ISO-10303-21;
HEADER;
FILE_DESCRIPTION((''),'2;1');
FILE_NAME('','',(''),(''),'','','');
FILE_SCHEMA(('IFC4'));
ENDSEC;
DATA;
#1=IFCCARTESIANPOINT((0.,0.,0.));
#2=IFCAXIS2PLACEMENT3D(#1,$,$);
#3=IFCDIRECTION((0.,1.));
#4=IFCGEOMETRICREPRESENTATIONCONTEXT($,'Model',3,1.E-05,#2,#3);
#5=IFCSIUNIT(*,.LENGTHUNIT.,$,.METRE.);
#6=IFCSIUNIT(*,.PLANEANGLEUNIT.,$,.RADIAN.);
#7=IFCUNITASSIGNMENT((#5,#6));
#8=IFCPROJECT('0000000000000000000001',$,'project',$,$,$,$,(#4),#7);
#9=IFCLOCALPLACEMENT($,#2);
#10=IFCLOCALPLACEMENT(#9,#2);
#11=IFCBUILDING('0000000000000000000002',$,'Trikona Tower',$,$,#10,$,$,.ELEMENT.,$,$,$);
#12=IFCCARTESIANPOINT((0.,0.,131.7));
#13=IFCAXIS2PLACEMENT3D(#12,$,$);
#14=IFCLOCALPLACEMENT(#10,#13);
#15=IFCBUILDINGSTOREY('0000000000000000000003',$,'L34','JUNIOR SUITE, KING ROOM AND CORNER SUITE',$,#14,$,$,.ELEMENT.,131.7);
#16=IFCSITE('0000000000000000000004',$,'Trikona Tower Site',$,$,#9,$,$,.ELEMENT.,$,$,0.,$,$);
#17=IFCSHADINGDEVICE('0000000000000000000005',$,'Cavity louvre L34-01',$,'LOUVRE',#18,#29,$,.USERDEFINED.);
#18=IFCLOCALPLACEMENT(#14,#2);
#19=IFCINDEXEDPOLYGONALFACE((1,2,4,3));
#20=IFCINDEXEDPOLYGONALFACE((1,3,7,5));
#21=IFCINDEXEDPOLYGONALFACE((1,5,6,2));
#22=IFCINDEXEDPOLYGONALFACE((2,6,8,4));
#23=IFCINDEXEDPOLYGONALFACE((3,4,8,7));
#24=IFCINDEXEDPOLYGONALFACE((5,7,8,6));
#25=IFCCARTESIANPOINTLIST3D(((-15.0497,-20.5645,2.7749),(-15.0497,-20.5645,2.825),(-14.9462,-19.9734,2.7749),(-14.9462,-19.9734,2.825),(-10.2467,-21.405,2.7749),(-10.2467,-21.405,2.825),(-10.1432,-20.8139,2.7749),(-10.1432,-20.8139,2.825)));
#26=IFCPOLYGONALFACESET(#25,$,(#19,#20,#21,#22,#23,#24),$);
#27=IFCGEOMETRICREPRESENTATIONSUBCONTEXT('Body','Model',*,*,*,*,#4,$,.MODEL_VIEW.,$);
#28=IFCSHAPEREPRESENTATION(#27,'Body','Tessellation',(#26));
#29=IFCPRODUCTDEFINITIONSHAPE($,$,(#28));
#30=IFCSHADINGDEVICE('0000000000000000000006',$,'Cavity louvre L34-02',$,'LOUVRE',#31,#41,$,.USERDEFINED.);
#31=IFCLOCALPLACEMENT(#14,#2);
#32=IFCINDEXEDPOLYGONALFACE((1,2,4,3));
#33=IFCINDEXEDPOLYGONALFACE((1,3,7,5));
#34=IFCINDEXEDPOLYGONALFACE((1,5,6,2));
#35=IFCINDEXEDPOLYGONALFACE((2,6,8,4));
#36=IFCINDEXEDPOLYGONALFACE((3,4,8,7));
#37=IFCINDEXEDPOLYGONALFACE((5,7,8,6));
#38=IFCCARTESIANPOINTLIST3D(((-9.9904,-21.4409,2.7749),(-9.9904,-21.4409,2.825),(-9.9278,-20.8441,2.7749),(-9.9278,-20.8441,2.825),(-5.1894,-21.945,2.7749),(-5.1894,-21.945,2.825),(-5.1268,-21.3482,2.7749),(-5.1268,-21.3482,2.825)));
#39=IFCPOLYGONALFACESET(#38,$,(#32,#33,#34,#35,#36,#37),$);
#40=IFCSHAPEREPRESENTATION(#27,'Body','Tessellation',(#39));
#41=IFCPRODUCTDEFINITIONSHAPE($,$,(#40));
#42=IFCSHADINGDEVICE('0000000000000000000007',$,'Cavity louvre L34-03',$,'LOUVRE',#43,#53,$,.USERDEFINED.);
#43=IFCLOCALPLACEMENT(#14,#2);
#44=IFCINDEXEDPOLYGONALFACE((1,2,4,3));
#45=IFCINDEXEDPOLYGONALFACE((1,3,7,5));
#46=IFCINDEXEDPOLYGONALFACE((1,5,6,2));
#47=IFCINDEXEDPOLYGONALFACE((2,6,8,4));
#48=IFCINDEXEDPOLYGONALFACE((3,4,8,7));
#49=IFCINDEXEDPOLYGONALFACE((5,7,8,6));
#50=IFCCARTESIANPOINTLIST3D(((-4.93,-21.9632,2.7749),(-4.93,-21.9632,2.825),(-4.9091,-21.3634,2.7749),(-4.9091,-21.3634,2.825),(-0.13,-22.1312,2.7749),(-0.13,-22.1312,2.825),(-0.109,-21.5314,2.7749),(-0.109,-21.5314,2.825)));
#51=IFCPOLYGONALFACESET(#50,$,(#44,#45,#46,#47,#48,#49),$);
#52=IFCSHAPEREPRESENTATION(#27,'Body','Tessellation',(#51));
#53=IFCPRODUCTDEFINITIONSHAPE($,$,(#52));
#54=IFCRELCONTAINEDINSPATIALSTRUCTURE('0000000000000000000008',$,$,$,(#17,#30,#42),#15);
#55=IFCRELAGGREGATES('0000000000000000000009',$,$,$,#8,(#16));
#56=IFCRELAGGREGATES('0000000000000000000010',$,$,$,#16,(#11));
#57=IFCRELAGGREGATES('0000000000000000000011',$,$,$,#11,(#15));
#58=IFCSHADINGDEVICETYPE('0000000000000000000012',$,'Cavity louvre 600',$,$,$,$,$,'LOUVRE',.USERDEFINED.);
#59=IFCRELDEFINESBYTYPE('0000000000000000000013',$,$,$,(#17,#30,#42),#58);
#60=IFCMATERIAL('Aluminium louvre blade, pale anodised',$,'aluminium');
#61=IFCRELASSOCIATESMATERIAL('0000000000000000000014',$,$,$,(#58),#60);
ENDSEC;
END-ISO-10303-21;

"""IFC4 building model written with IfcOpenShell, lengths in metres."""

from ifc_helpers import new_model, si_unit, direction, frame, origin, origin_2d, place, context, subcontext, project, spatial, rectangle, extrude, material, type_object, element, save


model = new_model("IFC4")

# Units and contexts
model_context = context("Model", 3, precision=1e-05, world=origin(), true_north=direction((0.0, 1.0)))
body_context = subcontext(model_context, "Body", "Model", "MODEL_VIEW")
ifc_project = project(units=[si_unit("LENGTHUNIT", "METRE"), si_unit("PLANEANGLEUNIT", "RADIAN")], contexts=[model_context])

# Site, building, storey
site_placement = place(None, origin())
site = spatial("IfcSite", under=ifc_project, at=site_placement, Name="Trikona Tower Site", CompositionType="ELEMENT", RefElevation=0.0)
building_placement = place(site_placement, origin())
building = spatial("IfcBuilding", under=site, at=building_placement, Name="Trikona Tower", CompositionType="ELEMENT")
storey_placement = place(building_placement, frame((0.0, 0.0, 131.7)))
storey = spatial("IfcBuildingStorey", under=building, at=storey_placement, Name="L34", Description="JUNIOR SUITE, KING ROOM AND CORNER SUITE", CompositionType="ELEMENT", Elevation=131.7)

# Shading devices
ifc_material_1 = material(Name="Aluminium louvre blade, pale anodised", Category="aluminium")
shading_device_type = type_object("IfcShadingDeviceType", Name="Cavity louvre 600", ElementType="LOUVRE", PredefinedType="USERDEFINED", material=ifc_material_1)
shading_device_1_placement = place(storey_placement, frame((-12.5964, -20.6892, 2.7749), z_axis=(0.0, 0.0, 1.0), x_axis=(0.985031, -0.17238, 0.0)))
element("IfcShadingDevice", 1, at=shading_device_1_placement, inside=storey, type_object=shading_device_type, Name="Cavity louvre L34-01", ObjectType="LOUVRE", PredefinedType="USERDEFINED", context=body_context, shape_type="SweptSolid", body=[
    extrude(rectangle(XDim=4.876, YDim=0.6001, at=origin_2d()), origin(), (0.0, 0.0, 1.0), 0.05),
])
shading_device_2_placement = place(storey_placement, frame((-7.5586, -21.3945, 2.7749), z_axis=(0.0, 0.0, 1.0), x_axis=(0.994533, -0.104426, 0.0)))
element("IfcShadingDevice", 2, at=shading_device_2_placement, inside=storey, type_object=shading_device_type, Name="Cavity louvre L34-02", ObjectType="LOUVRE", PredefinedType="USERDEFINED", context=body_context, shape_type="SweptSolid", body=[
    extrude(rectangle(XDim=4.8274, YDim=0.6001, at=origin_2d()), origin(), (0.0, 0.0, 1.0), 0.05),
])
shading_device_3_placement = place(storey_placement, frame((-2.5195, -21.7473, 2.7749), z_axis=(0.0, 0.0, 1.0), x_axis=(0.999388, -0.034978, 0.0)))
element("IfcShadingDevice", 3, at=shading_device_3_placement, inside=storey, type_object=shading_device_type, Name="Cavity louvre L34-03", ObjectType="LOUVRE", PredefinedType="USERDEFINED", context=body_context, shape_type="SweptSolid", body=[
    extrude(rectangle(XDim=4.803, YDim=0.6001, at=origin_2d()), origin(), (0.0, 0.0, 1.0), 0.05),
])

save(model, "model.ifc")
